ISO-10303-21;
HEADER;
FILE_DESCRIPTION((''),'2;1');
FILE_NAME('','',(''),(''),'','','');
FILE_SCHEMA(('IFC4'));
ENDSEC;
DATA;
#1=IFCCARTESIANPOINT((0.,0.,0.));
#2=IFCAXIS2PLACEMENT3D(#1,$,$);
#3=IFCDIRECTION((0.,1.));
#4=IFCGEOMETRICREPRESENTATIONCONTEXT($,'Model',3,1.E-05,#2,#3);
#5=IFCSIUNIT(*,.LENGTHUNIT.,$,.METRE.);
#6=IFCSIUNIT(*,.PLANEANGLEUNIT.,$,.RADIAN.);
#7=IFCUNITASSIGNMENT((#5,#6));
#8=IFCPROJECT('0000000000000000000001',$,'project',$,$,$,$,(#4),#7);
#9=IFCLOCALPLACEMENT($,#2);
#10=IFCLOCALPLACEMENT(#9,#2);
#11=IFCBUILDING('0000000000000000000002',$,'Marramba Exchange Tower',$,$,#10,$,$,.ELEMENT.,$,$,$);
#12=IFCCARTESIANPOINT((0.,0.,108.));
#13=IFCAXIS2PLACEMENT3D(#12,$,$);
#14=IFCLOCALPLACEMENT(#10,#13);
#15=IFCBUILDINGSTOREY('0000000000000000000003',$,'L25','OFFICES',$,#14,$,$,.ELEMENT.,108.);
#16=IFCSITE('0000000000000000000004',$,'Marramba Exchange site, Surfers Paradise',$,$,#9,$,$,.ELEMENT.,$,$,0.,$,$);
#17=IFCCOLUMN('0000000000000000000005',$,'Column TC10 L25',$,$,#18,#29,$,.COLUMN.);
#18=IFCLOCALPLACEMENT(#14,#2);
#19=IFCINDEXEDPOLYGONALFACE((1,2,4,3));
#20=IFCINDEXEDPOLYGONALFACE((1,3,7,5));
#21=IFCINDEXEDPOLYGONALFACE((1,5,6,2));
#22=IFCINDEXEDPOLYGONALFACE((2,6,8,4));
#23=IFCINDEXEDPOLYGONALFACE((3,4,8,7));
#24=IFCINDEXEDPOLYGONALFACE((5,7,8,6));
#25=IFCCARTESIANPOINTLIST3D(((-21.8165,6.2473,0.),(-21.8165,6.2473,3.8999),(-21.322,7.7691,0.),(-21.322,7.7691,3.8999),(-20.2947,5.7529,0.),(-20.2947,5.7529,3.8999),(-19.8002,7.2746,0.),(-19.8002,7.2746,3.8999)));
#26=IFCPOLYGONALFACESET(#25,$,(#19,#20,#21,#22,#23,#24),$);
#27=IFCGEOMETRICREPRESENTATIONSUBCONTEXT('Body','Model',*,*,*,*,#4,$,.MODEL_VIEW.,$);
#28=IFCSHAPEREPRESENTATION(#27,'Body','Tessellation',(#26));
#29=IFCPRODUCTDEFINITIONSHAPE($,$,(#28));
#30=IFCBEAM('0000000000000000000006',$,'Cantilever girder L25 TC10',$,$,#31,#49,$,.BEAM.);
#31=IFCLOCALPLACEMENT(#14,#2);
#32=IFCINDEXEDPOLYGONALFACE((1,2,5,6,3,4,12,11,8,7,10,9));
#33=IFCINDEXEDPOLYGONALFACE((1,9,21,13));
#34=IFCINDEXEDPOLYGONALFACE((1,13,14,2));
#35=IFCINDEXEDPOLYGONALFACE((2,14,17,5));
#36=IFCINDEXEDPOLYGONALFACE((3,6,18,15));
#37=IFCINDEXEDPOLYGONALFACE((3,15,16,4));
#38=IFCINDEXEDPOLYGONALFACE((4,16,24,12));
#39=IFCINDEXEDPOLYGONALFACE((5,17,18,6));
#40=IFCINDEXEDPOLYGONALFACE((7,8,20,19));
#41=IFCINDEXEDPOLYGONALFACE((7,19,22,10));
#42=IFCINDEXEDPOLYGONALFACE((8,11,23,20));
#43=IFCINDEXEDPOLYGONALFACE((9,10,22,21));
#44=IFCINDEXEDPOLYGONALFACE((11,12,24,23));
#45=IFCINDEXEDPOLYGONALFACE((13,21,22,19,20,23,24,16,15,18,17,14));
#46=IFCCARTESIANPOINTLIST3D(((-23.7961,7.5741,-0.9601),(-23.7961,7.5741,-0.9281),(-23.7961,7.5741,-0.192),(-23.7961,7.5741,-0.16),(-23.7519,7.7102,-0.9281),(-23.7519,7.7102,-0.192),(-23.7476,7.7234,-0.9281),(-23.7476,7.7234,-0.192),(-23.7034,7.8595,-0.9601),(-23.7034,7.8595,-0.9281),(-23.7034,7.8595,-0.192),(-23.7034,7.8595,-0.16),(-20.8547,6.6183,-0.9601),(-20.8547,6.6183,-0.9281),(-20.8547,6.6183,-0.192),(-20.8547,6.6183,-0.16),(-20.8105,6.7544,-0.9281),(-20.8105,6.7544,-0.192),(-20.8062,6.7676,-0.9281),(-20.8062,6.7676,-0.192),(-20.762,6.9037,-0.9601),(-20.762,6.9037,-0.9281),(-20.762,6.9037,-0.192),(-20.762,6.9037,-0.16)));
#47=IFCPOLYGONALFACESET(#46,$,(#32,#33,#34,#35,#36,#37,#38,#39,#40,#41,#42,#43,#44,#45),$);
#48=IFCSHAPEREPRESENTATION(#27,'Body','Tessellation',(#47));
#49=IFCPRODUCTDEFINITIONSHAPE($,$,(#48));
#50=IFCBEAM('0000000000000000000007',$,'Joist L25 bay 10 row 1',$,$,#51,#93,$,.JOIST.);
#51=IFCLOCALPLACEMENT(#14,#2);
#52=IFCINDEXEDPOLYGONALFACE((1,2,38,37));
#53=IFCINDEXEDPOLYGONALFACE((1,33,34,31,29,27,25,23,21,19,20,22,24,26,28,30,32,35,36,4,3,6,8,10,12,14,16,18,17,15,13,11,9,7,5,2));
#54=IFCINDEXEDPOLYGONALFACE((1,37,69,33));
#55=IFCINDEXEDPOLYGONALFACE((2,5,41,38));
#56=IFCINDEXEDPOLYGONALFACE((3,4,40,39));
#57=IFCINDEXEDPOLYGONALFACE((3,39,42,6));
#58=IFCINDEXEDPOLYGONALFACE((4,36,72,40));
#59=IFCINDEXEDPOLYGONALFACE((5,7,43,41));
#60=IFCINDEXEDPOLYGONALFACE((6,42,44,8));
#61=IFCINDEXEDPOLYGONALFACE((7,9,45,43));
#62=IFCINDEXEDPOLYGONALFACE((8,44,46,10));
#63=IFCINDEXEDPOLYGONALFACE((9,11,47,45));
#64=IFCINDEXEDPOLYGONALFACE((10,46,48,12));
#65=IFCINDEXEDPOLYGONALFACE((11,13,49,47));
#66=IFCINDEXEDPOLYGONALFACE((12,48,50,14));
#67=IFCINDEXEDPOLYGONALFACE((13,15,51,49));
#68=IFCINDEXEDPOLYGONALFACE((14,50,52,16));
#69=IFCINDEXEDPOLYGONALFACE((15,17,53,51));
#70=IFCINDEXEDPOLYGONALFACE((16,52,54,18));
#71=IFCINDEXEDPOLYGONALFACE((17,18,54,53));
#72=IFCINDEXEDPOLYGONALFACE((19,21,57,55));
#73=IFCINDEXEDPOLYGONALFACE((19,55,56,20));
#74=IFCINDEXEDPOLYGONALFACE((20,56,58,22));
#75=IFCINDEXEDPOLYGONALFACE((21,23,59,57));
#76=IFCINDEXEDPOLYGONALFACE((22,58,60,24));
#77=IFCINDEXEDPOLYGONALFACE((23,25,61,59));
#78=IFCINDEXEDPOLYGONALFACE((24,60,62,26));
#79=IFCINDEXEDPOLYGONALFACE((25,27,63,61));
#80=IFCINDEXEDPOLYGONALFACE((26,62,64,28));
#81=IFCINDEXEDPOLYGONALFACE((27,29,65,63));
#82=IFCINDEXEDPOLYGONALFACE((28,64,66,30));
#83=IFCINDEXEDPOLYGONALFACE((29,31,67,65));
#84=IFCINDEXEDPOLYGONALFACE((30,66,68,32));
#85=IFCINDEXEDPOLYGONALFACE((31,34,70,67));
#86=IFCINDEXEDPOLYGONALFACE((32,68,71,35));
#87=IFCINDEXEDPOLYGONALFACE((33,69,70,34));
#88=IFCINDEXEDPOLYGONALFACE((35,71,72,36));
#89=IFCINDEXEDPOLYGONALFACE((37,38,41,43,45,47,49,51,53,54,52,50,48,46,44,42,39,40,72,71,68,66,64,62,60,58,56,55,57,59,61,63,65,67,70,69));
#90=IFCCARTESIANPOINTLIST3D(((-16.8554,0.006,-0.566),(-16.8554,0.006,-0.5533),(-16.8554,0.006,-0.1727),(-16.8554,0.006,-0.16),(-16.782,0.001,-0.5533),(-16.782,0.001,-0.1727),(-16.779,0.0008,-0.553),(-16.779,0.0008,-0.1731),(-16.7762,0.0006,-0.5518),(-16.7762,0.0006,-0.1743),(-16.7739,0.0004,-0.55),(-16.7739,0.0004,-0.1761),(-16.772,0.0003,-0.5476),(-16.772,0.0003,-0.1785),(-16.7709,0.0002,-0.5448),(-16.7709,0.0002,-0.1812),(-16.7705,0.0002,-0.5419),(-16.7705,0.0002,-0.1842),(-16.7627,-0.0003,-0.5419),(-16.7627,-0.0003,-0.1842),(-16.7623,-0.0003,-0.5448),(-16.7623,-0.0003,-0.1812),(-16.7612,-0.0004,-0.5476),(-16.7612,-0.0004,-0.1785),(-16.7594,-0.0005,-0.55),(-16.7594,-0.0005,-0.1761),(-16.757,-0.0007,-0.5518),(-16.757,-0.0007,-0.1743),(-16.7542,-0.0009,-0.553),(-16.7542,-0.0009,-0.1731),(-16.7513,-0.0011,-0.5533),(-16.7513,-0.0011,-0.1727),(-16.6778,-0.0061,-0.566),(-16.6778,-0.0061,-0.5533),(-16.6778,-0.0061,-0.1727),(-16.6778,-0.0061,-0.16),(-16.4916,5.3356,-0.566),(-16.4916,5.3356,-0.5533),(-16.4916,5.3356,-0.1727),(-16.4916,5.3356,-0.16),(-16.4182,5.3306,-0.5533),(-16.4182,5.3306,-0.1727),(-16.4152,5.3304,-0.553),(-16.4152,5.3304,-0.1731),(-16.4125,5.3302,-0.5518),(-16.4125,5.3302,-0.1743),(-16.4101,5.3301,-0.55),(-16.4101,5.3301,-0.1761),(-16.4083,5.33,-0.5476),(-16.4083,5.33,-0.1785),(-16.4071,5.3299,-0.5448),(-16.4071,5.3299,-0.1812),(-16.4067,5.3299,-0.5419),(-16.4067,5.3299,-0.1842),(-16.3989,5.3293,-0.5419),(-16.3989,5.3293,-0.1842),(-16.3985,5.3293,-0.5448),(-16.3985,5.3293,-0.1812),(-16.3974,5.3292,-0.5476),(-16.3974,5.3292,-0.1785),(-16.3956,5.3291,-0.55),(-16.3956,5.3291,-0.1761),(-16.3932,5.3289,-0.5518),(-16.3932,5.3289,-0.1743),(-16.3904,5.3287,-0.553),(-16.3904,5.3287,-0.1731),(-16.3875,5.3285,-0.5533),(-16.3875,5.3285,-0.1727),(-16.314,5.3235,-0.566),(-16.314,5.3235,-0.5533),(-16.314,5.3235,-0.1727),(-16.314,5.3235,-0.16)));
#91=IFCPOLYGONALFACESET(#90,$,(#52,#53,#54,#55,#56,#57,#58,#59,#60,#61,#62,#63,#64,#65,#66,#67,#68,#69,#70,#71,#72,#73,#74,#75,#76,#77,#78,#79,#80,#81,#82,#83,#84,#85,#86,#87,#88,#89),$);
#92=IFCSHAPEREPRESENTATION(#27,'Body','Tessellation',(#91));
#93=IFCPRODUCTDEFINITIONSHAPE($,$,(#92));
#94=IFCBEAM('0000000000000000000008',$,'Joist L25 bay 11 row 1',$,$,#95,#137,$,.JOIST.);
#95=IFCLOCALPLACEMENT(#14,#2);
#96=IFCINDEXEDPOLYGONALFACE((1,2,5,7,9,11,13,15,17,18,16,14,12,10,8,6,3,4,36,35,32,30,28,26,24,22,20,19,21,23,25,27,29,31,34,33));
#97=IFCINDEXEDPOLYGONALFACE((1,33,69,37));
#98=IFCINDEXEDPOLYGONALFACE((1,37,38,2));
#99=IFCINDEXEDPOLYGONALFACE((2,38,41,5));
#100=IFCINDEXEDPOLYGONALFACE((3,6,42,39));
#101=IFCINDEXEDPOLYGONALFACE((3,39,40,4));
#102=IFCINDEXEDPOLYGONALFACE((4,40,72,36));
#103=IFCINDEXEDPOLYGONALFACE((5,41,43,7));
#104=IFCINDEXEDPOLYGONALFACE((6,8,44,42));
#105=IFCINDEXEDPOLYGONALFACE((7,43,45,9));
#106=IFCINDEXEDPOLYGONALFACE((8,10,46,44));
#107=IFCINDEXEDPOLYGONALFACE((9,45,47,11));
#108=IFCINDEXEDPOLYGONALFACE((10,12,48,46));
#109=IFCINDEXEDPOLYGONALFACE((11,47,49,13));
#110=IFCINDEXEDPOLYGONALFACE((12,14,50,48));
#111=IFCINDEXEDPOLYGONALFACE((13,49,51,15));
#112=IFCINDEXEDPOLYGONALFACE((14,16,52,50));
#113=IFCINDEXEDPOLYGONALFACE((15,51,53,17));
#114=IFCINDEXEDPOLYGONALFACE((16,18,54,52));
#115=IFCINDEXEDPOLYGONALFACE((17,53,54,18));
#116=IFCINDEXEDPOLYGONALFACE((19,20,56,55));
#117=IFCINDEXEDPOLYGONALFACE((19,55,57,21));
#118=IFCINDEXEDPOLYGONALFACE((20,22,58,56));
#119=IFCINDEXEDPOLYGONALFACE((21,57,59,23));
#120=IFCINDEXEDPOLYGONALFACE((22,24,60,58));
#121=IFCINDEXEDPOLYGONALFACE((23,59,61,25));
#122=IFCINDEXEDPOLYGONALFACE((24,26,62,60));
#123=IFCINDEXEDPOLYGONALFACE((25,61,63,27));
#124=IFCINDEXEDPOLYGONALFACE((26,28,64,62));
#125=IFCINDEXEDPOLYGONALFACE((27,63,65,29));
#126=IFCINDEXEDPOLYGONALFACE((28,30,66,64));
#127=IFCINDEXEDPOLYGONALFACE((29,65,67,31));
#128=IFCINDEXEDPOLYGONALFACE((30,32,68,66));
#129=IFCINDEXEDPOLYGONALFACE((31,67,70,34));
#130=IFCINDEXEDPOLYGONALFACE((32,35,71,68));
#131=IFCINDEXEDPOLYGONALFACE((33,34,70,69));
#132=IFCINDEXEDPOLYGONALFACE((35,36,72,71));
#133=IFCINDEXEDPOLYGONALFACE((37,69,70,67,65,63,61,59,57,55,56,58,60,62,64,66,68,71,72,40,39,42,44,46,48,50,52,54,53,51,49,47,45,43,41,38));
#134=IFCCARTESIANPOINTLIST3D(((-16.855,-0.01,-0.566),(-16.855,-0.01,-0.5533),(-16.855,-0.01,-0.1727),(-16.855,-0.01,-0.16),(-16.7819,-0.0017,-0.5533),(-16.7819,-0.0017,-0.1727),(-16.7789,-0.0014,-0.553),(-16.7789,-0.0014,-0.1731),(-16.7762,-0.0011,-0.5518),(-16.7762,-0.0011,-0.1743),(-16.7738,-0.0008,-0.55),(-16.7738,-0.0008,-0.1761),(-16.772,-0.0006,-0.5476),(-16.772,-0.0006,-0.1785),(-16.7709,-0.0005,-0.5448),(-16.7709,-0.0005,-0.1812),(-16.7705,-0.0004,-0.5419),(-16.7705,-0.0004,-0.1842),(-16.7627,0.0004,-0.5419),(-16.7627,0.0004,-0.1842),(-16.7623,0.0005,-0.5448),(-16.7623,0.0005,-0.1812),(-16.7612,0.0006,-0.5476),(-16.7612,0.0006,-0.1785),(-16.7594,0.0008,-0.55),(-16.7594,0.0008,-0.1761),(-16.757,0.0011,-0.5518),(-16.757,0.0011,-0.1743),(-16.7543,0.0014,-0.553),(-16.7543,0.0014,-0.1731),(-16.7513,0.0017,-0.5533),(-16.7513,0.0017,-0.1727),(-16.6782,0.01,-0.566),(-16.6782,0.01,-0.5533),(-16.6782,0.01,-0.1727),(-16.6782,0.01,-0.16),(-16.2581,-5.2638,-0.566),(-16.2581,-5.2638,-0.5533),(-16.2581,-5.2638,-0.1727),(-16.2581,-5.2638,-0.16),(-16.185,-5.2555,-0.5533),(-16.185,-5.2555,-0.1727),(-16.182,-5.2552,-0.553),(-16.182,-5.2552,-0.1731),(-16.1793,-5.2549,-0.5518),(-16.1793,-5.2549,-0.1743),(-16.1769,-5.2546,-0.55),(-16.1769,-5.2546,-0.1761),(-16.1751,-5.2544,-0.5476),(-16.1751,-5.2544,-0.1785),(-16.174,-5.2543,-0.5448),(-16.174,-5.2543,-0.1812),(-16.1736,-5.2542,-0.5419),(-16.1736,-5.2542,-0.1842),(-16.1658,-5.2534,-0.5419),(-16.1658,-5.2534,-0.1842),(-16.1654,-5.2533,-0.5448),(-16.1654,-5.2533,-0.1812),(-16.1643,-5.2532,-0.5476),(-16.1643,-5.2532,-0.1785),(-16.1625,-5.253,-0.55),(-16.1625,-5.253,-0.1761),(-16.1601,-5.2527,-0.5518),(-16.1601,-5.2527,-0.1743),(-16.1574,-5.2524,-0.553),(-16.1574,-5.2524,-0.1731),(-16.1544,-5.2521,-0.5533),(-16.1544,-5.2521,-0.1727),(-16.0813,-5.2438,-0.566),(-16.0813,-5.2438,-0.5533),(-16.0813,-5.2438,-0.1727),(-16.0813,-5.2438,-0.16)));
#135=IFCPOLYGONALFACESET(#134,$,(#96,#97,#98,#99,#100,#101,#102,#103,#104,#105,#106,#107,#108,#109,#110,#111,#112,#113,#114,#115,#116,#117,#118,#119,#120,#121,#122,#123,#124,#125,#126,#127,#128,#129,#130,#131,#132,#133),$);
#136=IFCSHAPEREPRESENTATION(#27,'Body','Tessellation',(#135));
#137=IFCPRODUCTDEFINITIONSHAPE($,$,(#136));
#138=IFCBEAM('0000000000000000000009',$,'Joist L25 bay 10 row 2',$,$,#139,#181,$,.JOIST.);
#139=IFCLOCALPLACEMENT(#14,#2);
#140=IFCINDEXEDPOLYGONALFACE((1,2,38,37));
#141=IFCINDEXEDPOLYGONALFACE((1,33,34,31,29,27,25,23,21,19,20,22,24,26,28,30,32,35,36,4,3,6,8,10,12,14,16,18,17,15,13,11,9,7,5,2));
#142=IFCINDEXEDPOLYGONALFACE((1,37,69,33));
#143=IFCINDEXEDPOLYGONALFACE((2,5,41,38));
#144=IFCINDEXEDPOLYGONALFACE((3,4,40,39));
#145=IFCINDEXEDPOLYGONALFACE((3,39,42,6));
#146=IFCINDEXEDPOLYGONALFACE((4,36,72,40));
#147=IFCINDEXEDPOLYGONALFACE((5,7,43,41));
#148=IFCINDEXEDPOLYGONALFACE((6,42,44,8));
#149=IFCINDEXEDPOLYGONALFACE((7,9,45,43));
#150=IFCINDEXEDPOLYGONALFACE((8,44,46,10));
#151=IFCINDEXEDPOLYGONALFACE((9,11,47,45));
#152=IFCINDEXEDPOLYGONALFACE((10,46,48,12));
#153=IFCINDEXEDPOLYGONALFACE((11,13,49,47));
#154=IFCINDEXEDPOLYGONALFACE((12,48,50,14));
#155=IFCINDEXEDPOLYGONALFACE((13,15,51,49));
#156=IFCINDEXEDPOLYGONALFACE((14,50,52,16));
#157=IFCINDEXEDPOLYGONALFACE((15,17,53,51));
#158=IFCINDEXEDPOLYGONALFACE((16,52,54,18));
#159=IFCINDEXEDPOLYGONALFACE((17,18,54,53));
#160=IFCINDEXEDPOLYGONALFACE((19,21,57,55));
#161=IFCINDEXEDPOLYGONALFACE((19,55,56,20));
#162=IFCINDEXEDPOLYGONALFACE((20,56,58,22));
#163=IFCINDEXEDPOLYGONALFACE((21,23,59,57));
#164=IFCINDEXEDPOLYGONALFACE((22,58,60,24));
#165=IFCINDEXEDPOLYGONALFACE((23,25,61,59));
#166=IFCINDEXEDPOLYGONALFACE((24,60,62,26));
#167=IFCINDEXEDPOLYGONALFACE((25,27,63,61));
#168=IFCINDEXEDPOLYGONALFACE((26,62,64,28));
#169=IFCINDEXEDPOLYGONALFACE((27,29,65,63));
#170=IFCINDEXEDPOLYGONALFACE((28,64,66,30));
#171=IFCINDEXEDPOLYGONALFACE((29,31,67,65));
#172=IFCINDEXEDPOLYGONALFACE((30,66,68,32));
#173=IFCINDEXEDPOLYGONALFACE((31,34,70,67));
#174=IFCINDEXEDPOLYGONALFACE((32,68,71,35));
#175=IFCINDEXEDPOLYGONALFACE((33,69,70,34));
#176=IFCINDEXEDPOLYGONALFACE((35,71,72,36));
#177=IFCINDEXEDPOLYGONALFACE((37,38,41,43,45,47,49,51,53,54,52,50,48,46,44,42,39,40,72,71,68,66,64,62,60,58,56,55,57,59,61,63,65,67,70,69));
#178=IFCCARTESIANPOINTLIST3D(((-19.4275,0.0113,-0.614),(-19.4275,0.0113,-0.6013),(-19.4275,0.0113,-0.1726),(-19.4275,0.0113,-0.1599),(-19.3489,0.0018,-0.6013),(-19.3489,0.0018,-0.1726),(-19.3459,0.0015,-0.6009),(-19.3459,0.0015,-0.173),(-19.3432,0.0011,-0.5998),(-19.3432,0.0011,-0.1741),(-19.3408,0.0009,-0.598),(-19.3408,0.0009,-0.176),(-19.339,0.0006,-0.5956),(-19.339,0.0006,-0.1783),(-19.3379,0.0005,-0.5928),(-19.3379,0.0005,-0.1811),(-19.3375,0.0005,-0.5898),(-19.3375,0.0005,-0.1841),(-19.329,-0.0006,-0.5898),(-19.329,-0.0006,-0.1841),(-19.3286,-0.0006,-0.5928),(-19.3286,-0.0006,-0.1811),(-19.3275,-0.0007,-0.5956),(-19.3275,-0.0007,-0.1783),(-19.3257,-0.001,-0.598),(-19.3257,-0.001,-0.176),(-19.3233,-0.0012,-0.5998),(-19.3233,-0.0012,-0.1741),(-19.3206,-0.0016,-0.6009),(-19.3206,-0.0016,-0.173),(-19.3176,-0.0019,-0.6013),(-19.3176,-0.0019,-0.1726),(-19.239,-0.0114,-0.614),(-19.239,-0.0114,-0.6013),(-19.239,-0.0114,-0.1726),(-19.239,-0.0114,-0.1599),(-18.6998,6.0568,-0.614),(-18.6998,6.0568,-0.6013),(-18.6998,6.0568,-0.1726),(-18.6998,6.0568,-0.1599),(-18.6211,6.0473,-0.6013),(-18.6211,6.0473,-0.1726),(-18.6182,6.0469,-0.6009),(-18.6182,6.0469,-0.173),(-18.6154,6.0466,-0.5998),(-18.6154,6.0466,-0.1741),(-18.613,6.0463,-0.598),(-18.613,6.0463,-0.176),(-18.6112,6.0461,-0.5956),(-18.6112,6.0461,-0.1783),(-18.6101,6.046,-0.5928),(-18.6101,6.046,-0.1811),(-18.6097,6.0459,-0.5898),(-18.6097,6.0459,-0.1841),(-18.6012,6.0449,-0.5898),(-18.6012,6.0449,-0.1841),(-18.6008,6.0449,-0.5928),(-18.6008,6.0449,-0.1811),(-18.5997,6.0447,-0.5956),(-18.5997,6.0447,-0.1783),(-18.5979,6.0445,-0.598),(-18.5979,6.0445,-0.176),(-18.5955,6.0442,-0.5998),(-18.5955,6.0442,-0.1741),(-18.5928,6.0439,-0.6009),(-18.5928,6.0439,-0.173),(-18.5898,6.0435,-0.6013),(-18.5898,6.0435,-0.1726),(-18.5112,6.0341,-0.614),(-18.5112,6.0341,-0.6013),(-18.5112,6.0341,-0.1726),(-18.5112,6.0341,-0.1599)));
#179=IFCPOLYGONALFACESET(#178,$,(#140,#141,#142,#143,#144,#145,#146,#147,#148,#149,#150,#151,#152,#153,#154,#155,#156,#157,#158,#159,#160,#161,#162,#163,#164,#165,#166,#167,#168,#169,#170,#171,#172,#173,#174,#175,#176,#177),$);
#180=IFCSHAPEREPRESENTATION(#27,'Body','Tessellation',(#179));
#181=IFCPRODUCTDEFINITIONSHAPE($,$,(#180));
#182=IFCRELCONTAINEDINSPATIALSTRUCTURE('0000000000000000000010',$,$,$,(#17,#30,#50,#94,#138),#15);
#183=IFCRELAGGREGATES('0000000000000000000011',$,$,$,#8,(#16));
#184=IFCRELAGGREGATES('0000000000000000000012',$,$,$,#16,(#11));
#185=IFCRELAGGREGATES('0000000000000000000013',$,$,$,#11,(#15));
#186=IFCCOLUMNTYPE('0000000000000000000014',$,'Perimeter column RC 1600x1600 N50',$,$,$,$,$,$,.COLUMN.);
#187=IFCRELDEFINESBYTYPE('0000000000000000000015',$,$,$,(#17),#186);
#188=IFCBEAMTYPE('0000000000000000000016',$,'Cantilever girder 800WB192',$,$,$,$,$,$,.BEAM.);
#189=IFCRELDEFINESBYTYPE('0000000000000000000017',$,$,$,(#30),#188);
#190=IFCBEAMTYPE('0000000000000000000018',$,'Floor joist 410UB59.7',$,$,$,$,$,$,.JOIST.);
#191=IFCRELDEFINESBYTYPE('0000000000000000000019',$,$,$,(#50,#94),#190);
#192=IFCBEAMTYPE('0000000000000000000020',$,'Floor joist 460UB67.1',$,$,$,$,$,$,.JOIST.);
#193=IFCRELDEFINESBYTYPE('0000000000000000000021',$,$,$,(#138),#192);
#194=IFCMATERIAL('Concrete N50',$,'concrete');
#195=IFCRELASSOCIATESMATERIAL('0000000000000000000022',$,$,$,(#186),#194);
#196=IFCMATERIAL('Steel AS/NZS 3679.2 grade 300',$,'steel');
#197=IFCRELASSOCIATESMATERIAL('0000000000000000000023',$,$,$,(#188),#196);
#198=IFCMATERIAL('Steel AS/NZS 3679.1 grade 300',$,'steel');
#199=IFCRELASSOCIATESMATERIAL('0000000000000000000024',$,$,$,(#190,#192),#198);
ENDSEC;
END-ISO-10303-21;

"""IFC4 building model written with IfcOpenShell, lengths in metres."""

from ifc_helpers import new_model, si_unit, direction, frame, origin, origin_2d, place, context, subcontext, project, spatial, rectangle, i_section, extrude, material, material_profile, profile_set, type_object, element, save


model = new_model("IFC4")

# Units and contexts
model_context = context("Model", 3, precision=1e-05, world=origin(), true_north=direction((0.0, 1.0)))
body_context = subcontext(model_context, "Body", "Model", "MODEL_VIEW")
ifc_project = project(units=[si_unit("LENGTHUNIT", "METRE"), si_unit("PLANEANGLEUNIT", "RADIAN")], contexts=[model_context])

# Site, building, storey
site_placement = place(None, origin())
site = spatial("IfcSite", under=ifc_project, at=site_placement, Name="Marramba Exchange site, Surfers Paradise", CompositionType="ELEMENT", RefElevation=0.0)
building_placement = place(site_placement, origin())
building = spatial("IfcBuilding", under=site, at=building_placement, Name="Marramba Exchange Tower", CompositionType="ELEMENT")
storey_placement = place(building_placement, frame((0.0, 0.0, 108.0)))
storey = spatial("IfcBuildingStorey", under=building, at=storey_placement, Name="L25", Description="OFFICES", CompositionType="ELEMENT", Elevation=108.0)

# Column
ifc_material_1 = material(Name="Concrete N50", Category="concrete")
ifc_material_profile_1 = material_profile(ifc_material_1, rectangle(XDim=1.6001, YDim=1.6001, at=origin_2d()), Name="RC 1600x1600")
ifc_profile_set_1 = profile_set([ifc_material_profile_1], Name="Concrete N50")
column_type = type_object("IfcColumnType", Name="Perimeter column RC 1600x1600 N50", PredefinedType="COLUMN", material=ifc_profile_set_1)
column_placement = place(storey_placement, frame((-20.8083, 6.761, 0.0), z_axis=(0.0, 0.0, 1.0), x_axis=(-0.951057, 0.309017, 0.0)))
element("IfcColumn", 1, at=column_placement, inside=storey, type_object=column_type, Name="Column TC10 L25", PredefinedType="COLUMN", context=body_context, shape_type="SweptSolid", body=[
    extrude(rectangle(XDim=1.6001, YDim=1.6001, at=origin_2d()), origin(), (0.0, 0.0, 1.0), 3.8999),
])

# Beams
ifc_material_2 = material(Name="Steel AS/NZS 3679.2 grade 300", Category="steel")
ifc_material_profile_2 = material_profile(ifc_material_2, i_section(OverallWidth=0.3, OverallDepth=0.8, WebThickness=0.0139, FlangeThickness=0.032, at=origin_2d()), Name="800WB192")
ifc_profile_set_2 = profile_set([ifc_material_profile_2], Name="Steel AS/NZS 3679.2 grade 300")
beam_type_1 = type_object("IfcBeamType", Name="Cantilever girder 800WB192", PredefinedType="BEAM", material=ifc_profile_set_2)
beam_1_placement = place(storey_placement, frame((-20.8083, 6.761, -0.5601), z_axis=(-0.951048, 0.309043, 0.0), x_axis=(-0.309043, -0.951048, 0.0)))
element("IfcBeam", 2, at=beam_1_placement, inside=storey, type_object=beam_type_1, Name="Cantilever girder L25 TC10", PredefinedType="BEAM", context=body_context, shape_type="SweptSolid", body=[
    extrude(i_section(OverallWidth=0.3, OverallDepth=0.8, WebThickness=0.0139, FlangeThickness=0.032, at=origin_2d()), origin(), (0.0, 0.0, 1.0), 3.0928),
])
ifc_material_3 = material(Name="Steel AS/NZS 3679.1 grade 300", Category="steel")
ifc_material_profile_3 = material_profile(ifc_material_3, i_section(OverallWidth=0.178, OverallDepth=0.406, WebThickness=0.0078, FlangeThickness=0.0127, FilletRadius=0.0115, at=origin_2d()), Name="410UB59.7")
ifc_profile_set_3 = profile_set([ifc_material_profile_3], Name="Steel AS/NZS 3679.1 grade 300")
beam_type_2 = type_object("IfcBeamType", Name="Floor joist 410UB59.7", PredefinedType="JOIST", material=ifc_profile_set_3)
beam_2_placement = place(storey_placement, frame((-16.4028, 5.3296, -0.363), z_axis=(-0.068096, -0.997679, 0.0), x_axis=(0.997679, -0.068096, 0.0)))
element("IfcBeam", 3, at=beam_2_placement, inside=storey, type_object=beam_type_2, Name="Joist L25 bay 10 row 1", PredefinedType="JOIST", context=body_context, shape_type="SweptSolid", body=[
    extrude(i_section(OverallWidth=0.178, OverallDepth=0.406, WebThickness=0.0078, FlangeThickness=0.0127, FilletRadius=0.0115, at=origin_2d()), origin(), (0.0, 0.0, 1.0), 5.342),
])
beam_3_placement = place(storey_placement, frame((-16.7666, 0.0, -0.363), z_axis=(0.112889, -0.993608, 0.0), x_axis=(0.993608, 0.112889, 0.0)))
element("IfcBeam", 4, at=beam_3_placement, inside=storey, type_object=beam_type_2, Name="Joist L25 bay 11 row 1", PredefinedType="JOIST", context=body_context, shape_type="SweptSolid", body=[
    extrude(i_section(OverallWidth=0.178, OverallDepth=0.406, WebThickness=0.0078, FlangeThickness=0.0127, FilletRadius=0.0115, at=origin_2d()), origin(), (0.0, 0.0, 1.0), 5.2876),
])
ifc_material_profile_4 = material_profile(ifc_material_3, i_section(OverallWidth=0.1899, OverallDepth=0.4541, WebThickness=0.0085, FlangeThickness=0.0127, FilletRadius=0.0115, at=origin_2d()), Name="460UB67.1")
ifc_profile_set_4 = profile_set([ifc_material_profile_4], Name="Steel AS/NZS 3679.1 grade 300")
beam_type_3 = type_object("IfcBeamType", Name="Floor joist 460UB67.1", PredefinedType="JOIST", material=ifc_profile_set_4)
beam_4_placement = place(storey_placement, frame((-18.6055, 6.0454, -0.387), z_axis=(-0.119523, -0.992831, 0.0), x_axis=(0.992831, -0.119523, 0.0)))
element("IfcBeam", 5, at=beam_4_placement, inside=storey, type_object=beam_type_3, Name="Joist L25 bay 10 row 2", PredefinedType="JOIST", context=body_context, shape_type="SweptSolid", body=[
    extrude(i_section(OverallWidth=0.1899, OverallDepth=0.4541, WebThickness=0.0085, FlangeThickness=0.0127, FilletRadius=0.0115, at=origin_2d()), origin(), (0.0, 0.0, 1.0), 6.0891),
])

save(model, "model.ifc")
